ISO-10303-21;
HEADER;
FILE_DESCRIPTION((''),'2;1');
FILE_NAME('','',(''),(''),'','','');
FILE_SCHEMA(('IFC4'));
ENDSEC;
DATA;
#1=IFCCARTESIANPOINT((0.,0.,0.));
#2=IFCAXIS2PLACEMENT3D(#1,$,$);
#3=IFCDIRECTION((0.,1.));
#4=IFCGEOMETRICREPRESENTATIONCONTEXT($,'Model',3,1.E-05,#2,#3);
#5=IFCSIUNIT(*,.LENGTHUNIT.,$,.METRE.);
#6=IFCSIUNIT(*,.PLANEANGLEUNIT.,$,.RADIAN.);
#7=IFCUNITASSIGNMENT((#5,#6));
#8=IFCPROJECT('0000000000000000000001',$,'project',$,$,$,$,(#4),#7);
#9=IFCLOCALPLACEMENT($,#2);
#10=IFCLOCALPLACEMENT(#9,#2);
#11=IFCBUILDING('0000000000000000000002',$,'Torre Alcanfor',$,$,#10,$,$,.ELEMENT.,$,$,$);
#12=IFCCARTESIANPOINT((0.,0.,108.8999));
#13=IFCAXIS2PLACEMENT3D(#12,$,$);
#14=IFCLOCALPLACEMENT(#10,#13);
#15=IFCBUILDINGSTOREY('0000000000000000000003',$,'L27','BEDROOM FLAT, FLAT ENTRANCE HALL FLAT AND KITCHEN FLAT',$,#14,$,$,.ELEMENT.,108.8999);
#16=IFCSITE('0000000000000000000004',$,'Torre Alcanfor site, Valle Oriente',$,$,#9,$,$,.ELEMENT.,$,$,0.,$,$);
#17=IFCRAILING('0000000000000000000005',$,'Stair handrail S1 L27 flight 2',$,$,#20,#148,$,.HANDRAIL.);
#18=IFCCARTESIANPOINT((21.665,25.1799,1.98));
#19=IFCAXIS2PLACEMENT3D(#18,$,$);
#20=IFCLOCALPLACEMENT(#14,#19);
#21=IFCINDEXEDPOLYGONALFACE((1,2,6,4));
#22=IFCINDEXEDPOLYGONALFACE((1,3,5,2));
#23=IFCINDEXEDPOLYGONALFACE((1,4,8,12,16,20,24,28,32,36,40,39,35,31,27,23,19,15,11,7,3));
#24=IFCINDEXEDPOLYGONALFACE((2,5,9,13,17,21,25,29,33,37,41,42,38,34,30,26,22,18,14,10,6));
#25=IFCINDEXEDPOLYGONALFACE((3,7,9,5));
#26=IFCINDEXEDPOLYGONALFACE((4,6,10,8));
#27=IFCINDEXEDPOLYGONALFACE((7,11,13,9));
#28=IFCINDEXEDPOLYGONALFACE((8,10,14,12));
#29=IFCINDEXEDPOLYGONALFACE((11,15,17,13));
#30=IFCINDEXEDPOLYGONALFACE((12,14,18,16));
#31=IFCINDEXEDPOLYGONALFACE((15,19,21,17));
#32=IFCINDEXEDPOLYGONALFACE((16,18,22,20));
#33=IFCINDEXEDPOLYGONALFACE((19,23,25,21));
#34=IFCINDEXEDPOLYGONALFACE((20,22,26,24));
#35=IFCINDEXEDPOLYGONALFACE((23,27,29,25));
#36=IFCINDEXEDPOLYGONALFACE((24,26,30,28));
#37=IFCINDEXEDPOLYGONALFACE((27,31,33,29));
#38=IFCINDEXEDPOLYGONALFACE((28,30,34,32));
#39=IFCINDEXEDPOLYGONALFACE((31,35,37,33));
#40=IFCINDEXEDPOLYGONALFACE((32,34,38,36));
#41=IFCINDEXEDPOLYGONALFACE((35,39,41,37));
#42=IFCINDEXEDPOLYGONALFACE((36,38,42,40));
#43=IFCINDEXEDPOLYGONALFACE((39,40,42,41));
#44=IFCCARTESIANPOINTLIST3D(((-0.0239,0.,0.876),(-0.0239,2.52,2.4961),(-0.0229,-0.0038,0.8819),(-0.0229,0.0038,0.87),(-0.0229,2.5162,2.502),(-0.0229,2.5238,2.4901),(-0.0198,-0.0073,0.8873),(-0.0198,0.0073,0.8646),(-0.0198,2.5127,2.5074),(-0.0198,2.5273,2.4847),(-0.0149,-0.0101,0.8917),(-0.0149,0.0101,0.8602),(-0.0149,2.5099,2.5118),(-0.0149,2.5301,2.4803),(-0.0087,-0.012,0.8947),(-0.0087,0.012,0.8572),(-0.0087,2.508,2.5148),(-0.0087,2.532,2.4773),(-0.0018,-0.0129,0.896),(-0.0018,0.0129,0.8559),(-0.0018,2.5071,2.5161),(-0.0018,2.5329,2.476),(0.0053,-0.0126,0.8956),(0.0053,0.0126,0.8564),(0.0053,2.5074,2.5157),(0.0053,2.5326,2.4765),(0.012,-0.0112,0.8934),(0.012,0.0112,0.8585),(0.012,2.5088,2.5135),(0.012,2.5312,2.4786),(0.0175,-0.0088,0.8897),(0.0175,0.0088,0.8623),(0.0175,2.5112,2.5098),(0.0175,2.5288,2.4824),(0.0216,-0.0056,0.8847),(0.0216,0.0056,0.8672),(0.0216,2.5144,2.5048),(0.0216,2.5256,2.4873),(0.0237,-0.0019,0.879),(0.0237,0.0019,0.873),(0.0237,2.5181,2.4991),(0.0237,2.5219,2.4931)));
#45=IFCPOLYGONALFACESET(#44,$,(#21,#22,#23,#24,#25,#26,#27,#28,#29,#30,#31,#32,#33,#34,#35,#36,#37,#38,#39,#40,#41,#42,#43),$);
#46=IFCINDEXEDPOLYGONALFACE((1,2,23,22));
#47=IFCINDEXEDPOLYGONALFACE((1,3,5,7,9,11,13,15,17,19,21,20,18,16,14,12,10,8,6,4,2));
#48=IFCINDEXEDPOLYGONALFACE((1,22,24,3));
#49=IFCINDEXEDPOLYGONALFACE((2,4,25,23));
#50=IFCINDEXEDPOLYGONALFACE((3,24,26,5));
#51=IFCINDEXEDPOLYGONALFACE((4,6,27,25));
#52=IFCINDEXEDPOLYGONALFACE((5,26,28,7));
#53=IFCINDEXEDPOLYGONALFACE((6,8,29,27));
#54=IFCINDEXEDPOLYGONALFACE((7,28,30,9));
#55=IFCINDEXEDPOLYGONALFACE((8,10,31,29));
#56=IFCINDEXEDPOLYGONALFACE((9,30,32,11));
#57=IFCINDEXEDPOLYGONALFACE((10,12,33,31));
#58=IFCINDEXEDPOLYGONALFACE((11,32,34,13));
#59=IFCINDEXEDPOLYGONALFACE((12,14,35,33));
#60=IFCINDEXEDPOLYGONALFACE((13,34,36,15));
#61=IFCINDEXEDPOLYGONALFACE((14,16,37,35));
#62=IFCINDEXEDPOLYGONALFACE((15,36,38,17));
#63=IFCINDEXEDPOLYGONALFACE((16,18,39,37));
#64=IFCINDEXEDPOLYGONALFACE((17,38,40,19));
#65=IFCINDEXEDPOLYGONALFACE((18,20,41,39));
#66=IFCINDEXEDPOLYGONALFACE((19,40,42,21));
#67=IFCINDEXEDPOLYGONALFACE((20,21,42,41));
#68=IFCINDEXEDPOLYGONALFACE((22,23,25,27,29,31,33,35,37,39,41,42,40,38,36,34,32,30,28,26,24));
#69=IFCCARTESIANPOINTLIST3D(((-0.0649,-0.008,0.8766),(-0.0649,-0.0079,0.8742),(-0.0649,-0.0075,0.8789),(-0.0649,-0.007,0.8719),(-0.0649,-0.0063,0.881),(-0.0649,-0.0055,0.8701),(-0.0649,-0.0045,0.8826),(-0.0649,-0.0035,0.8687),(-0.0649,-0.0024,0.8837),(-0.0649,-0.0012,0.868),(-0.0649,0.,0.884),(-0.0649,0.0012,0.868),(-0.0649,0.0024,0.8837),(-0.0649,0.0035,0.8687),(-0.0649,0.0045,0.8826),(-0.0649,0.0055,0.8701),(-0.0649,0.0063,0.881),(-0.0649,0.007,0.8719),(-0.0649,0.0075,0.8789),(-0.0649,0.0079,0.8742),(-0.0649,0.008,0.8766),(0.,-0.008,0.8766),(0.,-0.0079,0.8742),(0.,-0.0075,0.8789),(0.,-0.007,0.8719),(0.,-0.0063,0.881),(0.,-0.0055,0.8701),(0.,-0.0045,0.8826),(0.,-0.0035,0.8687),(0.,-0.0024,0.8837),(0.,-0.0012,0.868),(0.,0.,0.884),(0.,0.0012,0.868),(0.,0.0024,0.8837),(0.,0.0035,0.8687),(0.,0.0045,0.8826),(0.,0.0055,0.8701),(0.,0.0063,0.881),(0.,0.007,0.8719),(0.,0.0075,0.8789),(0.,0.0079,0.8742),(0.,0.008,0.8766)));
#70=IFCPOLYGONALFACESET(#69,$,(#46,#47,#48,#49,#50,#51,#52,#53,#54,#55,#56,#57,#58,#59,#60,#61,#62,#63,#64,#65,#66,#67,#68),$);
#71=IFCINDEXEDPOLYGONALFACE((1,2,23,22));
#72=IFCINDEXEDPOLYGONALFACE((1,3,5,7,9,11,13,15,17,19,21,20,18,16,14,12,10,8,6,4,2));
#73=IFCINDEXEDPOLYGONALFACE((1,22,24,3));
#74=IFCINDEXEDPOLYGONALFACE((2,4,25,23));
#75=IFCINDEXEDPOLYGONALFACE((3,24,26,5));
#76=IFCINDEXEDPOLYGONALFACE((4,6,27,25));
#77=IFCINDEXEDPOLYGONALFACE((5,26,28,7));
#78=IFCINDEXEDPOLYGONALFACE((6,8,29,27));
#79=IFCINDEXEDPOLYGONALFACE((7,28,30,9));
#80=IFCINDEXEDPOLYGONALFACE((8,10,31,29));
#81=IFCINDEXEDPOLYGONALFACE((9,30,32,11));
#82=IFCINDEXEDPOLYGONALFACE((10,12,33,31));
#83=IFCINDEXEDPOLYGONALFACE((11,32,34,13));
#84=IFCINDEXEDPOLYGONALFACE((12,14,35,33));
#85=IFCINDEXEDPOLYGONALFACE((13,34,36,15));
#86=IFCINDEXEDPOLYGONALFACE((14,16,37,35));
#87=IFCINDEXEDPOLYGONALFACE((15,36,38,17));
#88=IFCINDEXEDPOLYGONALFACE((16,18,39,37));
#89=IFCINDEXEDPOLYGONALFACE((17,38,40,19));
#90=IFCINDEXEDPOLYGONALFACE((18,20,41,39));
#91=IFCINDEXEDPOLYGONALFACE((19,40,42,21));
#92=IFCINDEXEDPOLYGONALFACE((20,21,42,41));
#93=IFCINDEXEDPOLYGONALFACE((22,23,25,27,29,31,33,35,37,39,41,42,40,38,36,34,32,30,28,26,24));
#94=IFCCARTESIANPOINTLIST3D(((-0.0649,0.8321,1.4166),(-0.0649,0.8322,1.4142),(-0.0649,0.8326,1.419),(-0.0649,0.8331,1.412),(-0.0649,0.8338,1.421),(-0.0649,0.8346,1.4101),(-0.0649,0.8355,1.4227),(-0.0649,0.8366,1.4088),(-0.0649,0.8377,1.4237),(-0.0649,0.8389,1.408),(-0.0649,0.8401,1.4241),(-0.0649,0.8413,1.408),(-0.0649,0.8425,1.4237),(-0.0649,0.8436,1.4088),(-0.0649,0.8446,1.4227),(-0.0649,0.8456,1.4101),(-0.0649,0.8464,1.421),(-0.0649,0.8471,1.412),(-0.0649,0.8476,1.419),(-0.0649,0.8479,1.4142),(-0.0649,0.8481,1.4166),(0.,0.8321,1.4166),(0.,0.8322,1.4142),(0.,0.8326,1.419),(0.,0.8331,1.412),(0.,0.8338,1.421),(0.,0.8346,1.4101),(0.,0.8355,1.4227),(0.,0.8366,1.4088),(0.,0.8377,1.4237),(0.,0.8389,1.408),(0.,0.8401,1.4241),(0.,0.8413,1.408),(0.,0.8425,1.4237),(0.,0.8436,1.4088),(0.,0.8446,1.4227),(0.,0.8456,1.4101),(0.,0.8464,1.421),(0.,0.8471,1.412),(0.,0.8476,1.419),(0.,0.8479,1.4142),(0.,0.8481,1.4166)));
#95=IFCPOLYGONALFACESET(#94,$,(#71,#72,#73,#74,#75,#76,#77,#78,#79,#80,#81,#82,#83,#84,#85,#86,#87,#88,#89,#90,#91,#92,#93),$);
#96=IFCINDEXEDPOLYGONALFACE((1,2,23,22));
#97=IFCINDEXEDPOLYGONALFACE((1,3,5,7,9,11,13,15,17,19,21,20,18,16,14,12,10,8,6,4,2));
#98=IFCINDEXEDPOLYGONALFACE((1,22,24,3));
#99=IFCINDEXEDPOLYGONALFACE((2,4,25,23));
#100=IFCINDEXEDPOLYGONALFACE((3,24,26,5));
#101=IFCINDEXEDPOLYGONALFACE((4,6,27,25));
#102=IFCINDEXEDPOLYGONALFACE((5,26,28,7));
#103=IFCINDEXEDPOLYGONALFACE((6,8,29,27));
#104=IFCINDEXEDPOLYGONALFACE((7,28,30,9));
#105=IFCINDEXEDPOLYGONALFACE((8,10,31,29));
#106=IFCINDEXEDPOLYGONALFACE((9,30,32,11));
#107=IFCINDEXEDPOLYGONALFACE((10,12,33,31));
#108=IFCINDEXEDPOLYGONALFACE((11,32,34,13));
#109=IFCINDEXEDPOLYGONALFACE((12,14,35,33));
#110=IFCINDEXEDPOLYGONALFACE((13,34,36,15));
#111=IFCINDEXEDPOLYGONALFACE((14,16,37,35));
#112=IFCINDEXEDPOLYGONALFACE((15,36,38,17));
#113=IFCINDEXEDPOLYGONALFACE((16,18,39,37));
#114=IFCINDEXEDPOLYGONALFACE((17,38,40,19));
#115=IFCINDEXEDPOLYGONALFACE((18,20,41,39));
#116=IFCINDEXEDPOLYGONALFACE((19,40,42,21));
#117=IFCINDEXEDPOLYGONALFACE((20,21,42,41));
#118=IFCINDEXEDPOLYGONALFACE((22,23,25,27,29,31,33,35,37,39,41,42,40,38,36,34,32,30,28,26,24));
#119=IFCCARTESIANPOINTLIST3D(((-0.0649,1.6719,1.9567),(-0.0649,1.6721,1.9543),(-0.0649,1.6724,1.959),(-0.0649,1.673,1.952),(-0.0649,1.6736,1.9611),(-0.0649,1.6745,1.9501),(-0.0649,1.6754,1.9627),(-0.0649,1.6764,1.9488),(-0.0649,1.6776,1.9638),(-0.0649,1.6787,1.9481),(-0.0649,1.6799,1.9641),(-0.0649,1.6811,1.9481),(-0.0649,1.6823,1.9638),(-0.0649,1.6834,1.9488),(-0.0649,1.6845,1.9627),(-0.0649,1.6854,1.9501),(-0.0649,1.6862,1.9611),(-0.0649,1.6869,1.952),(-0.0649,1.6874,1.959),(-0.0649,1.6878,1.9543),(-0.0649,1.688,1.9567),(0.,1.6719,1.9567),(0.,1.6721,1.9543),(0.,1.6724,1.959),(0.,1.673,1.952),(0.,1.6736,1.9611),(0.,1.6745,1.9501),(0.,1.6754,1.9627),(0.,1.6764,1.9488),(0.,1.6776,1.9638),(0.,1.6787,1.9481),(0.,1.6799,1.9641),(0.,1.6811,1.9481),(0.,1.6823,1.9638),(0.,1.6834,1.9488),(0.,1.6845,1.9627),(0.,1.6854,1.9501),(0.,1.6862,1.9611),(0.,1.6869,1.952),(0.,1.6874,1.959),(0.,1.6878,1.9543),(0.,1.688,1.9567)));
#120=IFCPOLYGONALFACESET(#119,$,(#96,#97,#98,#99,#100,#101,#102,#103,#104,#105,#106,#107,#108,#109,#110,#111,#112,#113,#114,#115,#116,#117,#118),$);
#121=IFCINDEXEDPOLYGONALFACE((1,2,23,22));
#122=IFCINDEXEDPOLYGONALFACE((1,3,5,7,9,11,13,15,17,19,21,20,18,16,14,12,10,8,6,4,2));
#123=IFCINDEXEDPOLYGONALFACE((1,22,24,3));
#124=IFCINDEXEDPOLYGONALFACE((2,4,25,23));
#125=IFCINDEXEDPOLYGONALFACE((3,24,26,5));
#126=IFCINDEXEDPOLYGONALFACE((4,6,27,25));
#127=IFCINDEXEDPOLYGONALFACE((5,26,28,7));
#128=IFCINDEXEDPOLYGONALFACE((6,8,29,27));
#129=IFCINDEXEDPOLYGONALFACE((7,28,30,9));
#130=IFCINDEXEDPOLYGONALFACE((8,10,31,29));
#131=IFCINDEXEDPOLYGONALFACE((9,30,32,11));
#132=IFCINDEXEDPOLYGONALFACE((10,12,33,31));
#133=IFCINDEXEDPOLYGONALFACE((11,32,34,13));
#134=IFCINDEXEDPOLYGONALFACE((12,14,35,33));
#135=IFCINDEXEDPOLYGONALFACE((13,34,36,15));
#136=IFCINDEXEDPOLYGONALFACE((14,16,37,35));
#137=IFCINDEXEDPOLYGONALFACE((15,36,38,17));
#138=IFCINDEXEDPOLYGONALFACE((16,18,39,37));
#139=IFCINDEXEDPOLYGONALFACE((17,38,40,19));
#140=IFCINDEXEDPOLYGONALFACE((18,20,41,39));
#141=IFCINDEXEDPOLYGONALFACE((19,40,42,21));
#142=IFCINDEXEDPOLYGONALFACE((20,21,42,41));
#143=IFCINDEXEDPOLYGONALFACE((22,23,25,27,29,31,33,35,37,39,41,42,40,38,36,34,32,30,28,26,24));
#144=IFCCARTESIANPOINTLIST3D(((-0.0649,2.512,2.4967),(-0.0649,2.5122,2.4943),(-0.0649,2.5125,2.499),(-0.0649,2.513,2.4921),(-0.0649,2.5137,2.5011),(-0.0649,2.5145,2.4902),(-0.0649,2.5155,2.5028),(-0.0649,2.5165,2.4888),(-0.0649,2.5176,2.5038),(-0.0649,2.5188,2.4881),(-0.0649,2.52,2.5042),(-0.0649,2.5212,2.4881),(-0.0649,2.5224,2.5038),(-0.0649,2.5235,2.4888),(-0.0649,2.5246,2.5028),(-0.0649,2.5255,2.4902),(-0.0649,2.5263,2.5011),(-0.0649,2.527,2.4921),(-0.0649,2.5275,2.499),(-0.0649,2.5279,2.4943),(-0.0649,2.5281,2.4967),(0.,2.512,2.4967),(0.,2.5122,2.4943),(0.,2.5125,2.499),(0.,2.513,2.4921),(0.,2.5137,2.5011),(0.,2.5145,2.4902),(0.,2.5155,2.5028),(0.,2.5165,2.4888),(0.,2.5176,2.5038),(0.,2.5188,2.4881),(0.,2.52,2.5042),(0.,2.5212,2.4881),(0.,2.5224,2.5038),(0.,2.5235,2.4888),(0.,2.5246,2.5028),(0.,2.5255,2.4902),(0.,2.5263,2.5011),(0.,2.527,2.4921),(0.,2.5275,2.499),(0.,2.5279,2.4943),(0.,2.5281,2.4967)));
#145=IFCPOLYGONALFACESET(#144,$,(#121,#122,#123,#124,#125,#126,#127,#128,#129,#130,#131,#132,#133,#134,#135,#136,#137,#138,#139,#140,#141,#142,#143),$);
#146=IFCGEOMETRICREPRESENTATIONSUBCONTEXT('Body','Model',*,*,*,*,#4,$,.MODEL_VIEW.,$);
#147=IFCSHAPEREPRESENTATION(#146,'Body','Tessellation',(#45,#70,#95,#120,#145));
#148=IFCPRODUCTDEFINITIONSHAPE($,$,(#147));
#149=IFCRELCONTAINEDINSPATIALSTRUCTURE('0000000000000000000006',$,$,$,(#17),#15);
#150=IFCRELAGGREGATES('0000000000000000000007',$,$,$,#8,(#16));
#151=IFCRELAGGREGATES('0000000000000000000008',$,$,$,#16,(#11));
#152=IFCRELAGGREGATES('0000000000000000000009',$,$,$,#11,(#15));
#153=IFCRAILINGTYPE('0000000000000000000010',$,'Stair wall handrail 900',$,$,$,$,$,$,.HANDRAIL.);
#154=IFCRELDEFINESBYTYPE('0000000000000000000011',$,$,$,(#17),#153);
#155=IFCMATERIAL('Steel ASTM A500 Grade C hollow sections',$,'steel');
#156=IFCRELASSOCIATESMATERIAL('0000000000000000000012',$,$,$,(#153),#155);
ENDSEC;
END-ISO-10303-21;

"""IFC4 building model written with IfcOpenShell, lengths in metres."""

from ifc_helpers import new_model, si_unit, direction, frame, origin, origin_2d, place, context, subcontext, project, spatial, circle, extrude, material, type_object, element, save


model = new_model("IFC4")

# Units and contexts
model_context = context("Model", 3, precision=1e-05, world=origin(), true_north=direction((0.0, 1.0)))
body_context = subcontext(model_context, "Body", "Model", "MODEL_VIEW")
ifc_project = project(units=[si_unit("LENGTHUNIT", "METRE"), si_unit("PLANEANGLEUNIT", "RADIAN")], contexts=[model_context])

# Site, building, storey
site_placement = place(None, origin())
site = spatial("IfcSite", under=ifc_project, at=site_placement, Name="Torre Alcanfor site, Valle Oriente", CompositionType="ELEMENT", RefElevation=0.0)
building_placement = place(site_placement, origin())
building = spatial("IfcBuilding", under=site, at=building_placement, Name="Torre Alcanfor", CompositionType="ELEMENT")
storey_placement = place(building_placement, frame((0.0, 0.0, 108.8999)))
storey = spatial("IfcBuildingStorey", under=building, at=storey_placement, Name="L27", Description="BEDROOM FLAT, FLAT ENTRANCE HALL FLAT AND KITCHEN FLAT", CompositionType="ELEMENT", Elevation=108.8999)

# Railing
ifc_material_1 = material(Name="Steel ASTM A500 Grade C hollow sections", Category="steel")
railing_type_1 = type_object("IfcRailingType", Name="Stair wall handrail 900", PredefinedType="HANDRAIL", material=ifc_material_1)
railing_1_placement = place(storey_placement, frame((21.665, 25.1799, 1.98)))
element("IfcRailing", 1, at=railing_1_placement, inside=storey, type_object=railing_type_1, Name="Stair handrail S1 L27 flight 2", PredefinedType="HANDRAIL", context=body_context, shape_type="SweptSolid", body=[
    extrude(circle(Radius=0.0239, at=origin_2d()), frame((0.0, 0.0, 0.876), z_axis=(0.0, 0.841163, 0.540782), x_axis=(-1.0, 0.0, 0.0)), (0.0, 0.0, 1.0), 2.9958),
    extrude(circle(Radius=0.0081, at=origin_2d()), frame((0.0, 0.0, 0.876), z_axis=(-1.0, 0.0, 0.0), x_axis=(0.0, 0.0, 1.0)), (0.0, 0.0, 1.0), 0.0649),
    extrude(circle(Radius=0.0081, at=origin_2d()), frame((0.0, 0.8401, 1.416), z_axis=(-1.0, 0.0, 0.0), x_axis=(0.0, 0.0, 1.0)), (0.0, 0.0, 1.0), 0.0649),
    extrude(circle(Radius=0.0081, at=origin_2d()), frame((0.0, 1.6799, 1.9561), z_axis=(-1.0, 0.0, 0.0), x_axis=(0.0, 0.0, 1.0)), (0.0, 0.0, 1.0), 0.0649),
    extrude(circle(Radius=0.0081, at=origin_2d()), frame((0.0, 2.52, 2.4961), z_axis=(-1.0, 0.0, 0.0), x_axis=(0.0, 0.0, 1.0)), (0.0, 0.0, 1.0), 0.0649),
])

save(model, "model.ifc")
